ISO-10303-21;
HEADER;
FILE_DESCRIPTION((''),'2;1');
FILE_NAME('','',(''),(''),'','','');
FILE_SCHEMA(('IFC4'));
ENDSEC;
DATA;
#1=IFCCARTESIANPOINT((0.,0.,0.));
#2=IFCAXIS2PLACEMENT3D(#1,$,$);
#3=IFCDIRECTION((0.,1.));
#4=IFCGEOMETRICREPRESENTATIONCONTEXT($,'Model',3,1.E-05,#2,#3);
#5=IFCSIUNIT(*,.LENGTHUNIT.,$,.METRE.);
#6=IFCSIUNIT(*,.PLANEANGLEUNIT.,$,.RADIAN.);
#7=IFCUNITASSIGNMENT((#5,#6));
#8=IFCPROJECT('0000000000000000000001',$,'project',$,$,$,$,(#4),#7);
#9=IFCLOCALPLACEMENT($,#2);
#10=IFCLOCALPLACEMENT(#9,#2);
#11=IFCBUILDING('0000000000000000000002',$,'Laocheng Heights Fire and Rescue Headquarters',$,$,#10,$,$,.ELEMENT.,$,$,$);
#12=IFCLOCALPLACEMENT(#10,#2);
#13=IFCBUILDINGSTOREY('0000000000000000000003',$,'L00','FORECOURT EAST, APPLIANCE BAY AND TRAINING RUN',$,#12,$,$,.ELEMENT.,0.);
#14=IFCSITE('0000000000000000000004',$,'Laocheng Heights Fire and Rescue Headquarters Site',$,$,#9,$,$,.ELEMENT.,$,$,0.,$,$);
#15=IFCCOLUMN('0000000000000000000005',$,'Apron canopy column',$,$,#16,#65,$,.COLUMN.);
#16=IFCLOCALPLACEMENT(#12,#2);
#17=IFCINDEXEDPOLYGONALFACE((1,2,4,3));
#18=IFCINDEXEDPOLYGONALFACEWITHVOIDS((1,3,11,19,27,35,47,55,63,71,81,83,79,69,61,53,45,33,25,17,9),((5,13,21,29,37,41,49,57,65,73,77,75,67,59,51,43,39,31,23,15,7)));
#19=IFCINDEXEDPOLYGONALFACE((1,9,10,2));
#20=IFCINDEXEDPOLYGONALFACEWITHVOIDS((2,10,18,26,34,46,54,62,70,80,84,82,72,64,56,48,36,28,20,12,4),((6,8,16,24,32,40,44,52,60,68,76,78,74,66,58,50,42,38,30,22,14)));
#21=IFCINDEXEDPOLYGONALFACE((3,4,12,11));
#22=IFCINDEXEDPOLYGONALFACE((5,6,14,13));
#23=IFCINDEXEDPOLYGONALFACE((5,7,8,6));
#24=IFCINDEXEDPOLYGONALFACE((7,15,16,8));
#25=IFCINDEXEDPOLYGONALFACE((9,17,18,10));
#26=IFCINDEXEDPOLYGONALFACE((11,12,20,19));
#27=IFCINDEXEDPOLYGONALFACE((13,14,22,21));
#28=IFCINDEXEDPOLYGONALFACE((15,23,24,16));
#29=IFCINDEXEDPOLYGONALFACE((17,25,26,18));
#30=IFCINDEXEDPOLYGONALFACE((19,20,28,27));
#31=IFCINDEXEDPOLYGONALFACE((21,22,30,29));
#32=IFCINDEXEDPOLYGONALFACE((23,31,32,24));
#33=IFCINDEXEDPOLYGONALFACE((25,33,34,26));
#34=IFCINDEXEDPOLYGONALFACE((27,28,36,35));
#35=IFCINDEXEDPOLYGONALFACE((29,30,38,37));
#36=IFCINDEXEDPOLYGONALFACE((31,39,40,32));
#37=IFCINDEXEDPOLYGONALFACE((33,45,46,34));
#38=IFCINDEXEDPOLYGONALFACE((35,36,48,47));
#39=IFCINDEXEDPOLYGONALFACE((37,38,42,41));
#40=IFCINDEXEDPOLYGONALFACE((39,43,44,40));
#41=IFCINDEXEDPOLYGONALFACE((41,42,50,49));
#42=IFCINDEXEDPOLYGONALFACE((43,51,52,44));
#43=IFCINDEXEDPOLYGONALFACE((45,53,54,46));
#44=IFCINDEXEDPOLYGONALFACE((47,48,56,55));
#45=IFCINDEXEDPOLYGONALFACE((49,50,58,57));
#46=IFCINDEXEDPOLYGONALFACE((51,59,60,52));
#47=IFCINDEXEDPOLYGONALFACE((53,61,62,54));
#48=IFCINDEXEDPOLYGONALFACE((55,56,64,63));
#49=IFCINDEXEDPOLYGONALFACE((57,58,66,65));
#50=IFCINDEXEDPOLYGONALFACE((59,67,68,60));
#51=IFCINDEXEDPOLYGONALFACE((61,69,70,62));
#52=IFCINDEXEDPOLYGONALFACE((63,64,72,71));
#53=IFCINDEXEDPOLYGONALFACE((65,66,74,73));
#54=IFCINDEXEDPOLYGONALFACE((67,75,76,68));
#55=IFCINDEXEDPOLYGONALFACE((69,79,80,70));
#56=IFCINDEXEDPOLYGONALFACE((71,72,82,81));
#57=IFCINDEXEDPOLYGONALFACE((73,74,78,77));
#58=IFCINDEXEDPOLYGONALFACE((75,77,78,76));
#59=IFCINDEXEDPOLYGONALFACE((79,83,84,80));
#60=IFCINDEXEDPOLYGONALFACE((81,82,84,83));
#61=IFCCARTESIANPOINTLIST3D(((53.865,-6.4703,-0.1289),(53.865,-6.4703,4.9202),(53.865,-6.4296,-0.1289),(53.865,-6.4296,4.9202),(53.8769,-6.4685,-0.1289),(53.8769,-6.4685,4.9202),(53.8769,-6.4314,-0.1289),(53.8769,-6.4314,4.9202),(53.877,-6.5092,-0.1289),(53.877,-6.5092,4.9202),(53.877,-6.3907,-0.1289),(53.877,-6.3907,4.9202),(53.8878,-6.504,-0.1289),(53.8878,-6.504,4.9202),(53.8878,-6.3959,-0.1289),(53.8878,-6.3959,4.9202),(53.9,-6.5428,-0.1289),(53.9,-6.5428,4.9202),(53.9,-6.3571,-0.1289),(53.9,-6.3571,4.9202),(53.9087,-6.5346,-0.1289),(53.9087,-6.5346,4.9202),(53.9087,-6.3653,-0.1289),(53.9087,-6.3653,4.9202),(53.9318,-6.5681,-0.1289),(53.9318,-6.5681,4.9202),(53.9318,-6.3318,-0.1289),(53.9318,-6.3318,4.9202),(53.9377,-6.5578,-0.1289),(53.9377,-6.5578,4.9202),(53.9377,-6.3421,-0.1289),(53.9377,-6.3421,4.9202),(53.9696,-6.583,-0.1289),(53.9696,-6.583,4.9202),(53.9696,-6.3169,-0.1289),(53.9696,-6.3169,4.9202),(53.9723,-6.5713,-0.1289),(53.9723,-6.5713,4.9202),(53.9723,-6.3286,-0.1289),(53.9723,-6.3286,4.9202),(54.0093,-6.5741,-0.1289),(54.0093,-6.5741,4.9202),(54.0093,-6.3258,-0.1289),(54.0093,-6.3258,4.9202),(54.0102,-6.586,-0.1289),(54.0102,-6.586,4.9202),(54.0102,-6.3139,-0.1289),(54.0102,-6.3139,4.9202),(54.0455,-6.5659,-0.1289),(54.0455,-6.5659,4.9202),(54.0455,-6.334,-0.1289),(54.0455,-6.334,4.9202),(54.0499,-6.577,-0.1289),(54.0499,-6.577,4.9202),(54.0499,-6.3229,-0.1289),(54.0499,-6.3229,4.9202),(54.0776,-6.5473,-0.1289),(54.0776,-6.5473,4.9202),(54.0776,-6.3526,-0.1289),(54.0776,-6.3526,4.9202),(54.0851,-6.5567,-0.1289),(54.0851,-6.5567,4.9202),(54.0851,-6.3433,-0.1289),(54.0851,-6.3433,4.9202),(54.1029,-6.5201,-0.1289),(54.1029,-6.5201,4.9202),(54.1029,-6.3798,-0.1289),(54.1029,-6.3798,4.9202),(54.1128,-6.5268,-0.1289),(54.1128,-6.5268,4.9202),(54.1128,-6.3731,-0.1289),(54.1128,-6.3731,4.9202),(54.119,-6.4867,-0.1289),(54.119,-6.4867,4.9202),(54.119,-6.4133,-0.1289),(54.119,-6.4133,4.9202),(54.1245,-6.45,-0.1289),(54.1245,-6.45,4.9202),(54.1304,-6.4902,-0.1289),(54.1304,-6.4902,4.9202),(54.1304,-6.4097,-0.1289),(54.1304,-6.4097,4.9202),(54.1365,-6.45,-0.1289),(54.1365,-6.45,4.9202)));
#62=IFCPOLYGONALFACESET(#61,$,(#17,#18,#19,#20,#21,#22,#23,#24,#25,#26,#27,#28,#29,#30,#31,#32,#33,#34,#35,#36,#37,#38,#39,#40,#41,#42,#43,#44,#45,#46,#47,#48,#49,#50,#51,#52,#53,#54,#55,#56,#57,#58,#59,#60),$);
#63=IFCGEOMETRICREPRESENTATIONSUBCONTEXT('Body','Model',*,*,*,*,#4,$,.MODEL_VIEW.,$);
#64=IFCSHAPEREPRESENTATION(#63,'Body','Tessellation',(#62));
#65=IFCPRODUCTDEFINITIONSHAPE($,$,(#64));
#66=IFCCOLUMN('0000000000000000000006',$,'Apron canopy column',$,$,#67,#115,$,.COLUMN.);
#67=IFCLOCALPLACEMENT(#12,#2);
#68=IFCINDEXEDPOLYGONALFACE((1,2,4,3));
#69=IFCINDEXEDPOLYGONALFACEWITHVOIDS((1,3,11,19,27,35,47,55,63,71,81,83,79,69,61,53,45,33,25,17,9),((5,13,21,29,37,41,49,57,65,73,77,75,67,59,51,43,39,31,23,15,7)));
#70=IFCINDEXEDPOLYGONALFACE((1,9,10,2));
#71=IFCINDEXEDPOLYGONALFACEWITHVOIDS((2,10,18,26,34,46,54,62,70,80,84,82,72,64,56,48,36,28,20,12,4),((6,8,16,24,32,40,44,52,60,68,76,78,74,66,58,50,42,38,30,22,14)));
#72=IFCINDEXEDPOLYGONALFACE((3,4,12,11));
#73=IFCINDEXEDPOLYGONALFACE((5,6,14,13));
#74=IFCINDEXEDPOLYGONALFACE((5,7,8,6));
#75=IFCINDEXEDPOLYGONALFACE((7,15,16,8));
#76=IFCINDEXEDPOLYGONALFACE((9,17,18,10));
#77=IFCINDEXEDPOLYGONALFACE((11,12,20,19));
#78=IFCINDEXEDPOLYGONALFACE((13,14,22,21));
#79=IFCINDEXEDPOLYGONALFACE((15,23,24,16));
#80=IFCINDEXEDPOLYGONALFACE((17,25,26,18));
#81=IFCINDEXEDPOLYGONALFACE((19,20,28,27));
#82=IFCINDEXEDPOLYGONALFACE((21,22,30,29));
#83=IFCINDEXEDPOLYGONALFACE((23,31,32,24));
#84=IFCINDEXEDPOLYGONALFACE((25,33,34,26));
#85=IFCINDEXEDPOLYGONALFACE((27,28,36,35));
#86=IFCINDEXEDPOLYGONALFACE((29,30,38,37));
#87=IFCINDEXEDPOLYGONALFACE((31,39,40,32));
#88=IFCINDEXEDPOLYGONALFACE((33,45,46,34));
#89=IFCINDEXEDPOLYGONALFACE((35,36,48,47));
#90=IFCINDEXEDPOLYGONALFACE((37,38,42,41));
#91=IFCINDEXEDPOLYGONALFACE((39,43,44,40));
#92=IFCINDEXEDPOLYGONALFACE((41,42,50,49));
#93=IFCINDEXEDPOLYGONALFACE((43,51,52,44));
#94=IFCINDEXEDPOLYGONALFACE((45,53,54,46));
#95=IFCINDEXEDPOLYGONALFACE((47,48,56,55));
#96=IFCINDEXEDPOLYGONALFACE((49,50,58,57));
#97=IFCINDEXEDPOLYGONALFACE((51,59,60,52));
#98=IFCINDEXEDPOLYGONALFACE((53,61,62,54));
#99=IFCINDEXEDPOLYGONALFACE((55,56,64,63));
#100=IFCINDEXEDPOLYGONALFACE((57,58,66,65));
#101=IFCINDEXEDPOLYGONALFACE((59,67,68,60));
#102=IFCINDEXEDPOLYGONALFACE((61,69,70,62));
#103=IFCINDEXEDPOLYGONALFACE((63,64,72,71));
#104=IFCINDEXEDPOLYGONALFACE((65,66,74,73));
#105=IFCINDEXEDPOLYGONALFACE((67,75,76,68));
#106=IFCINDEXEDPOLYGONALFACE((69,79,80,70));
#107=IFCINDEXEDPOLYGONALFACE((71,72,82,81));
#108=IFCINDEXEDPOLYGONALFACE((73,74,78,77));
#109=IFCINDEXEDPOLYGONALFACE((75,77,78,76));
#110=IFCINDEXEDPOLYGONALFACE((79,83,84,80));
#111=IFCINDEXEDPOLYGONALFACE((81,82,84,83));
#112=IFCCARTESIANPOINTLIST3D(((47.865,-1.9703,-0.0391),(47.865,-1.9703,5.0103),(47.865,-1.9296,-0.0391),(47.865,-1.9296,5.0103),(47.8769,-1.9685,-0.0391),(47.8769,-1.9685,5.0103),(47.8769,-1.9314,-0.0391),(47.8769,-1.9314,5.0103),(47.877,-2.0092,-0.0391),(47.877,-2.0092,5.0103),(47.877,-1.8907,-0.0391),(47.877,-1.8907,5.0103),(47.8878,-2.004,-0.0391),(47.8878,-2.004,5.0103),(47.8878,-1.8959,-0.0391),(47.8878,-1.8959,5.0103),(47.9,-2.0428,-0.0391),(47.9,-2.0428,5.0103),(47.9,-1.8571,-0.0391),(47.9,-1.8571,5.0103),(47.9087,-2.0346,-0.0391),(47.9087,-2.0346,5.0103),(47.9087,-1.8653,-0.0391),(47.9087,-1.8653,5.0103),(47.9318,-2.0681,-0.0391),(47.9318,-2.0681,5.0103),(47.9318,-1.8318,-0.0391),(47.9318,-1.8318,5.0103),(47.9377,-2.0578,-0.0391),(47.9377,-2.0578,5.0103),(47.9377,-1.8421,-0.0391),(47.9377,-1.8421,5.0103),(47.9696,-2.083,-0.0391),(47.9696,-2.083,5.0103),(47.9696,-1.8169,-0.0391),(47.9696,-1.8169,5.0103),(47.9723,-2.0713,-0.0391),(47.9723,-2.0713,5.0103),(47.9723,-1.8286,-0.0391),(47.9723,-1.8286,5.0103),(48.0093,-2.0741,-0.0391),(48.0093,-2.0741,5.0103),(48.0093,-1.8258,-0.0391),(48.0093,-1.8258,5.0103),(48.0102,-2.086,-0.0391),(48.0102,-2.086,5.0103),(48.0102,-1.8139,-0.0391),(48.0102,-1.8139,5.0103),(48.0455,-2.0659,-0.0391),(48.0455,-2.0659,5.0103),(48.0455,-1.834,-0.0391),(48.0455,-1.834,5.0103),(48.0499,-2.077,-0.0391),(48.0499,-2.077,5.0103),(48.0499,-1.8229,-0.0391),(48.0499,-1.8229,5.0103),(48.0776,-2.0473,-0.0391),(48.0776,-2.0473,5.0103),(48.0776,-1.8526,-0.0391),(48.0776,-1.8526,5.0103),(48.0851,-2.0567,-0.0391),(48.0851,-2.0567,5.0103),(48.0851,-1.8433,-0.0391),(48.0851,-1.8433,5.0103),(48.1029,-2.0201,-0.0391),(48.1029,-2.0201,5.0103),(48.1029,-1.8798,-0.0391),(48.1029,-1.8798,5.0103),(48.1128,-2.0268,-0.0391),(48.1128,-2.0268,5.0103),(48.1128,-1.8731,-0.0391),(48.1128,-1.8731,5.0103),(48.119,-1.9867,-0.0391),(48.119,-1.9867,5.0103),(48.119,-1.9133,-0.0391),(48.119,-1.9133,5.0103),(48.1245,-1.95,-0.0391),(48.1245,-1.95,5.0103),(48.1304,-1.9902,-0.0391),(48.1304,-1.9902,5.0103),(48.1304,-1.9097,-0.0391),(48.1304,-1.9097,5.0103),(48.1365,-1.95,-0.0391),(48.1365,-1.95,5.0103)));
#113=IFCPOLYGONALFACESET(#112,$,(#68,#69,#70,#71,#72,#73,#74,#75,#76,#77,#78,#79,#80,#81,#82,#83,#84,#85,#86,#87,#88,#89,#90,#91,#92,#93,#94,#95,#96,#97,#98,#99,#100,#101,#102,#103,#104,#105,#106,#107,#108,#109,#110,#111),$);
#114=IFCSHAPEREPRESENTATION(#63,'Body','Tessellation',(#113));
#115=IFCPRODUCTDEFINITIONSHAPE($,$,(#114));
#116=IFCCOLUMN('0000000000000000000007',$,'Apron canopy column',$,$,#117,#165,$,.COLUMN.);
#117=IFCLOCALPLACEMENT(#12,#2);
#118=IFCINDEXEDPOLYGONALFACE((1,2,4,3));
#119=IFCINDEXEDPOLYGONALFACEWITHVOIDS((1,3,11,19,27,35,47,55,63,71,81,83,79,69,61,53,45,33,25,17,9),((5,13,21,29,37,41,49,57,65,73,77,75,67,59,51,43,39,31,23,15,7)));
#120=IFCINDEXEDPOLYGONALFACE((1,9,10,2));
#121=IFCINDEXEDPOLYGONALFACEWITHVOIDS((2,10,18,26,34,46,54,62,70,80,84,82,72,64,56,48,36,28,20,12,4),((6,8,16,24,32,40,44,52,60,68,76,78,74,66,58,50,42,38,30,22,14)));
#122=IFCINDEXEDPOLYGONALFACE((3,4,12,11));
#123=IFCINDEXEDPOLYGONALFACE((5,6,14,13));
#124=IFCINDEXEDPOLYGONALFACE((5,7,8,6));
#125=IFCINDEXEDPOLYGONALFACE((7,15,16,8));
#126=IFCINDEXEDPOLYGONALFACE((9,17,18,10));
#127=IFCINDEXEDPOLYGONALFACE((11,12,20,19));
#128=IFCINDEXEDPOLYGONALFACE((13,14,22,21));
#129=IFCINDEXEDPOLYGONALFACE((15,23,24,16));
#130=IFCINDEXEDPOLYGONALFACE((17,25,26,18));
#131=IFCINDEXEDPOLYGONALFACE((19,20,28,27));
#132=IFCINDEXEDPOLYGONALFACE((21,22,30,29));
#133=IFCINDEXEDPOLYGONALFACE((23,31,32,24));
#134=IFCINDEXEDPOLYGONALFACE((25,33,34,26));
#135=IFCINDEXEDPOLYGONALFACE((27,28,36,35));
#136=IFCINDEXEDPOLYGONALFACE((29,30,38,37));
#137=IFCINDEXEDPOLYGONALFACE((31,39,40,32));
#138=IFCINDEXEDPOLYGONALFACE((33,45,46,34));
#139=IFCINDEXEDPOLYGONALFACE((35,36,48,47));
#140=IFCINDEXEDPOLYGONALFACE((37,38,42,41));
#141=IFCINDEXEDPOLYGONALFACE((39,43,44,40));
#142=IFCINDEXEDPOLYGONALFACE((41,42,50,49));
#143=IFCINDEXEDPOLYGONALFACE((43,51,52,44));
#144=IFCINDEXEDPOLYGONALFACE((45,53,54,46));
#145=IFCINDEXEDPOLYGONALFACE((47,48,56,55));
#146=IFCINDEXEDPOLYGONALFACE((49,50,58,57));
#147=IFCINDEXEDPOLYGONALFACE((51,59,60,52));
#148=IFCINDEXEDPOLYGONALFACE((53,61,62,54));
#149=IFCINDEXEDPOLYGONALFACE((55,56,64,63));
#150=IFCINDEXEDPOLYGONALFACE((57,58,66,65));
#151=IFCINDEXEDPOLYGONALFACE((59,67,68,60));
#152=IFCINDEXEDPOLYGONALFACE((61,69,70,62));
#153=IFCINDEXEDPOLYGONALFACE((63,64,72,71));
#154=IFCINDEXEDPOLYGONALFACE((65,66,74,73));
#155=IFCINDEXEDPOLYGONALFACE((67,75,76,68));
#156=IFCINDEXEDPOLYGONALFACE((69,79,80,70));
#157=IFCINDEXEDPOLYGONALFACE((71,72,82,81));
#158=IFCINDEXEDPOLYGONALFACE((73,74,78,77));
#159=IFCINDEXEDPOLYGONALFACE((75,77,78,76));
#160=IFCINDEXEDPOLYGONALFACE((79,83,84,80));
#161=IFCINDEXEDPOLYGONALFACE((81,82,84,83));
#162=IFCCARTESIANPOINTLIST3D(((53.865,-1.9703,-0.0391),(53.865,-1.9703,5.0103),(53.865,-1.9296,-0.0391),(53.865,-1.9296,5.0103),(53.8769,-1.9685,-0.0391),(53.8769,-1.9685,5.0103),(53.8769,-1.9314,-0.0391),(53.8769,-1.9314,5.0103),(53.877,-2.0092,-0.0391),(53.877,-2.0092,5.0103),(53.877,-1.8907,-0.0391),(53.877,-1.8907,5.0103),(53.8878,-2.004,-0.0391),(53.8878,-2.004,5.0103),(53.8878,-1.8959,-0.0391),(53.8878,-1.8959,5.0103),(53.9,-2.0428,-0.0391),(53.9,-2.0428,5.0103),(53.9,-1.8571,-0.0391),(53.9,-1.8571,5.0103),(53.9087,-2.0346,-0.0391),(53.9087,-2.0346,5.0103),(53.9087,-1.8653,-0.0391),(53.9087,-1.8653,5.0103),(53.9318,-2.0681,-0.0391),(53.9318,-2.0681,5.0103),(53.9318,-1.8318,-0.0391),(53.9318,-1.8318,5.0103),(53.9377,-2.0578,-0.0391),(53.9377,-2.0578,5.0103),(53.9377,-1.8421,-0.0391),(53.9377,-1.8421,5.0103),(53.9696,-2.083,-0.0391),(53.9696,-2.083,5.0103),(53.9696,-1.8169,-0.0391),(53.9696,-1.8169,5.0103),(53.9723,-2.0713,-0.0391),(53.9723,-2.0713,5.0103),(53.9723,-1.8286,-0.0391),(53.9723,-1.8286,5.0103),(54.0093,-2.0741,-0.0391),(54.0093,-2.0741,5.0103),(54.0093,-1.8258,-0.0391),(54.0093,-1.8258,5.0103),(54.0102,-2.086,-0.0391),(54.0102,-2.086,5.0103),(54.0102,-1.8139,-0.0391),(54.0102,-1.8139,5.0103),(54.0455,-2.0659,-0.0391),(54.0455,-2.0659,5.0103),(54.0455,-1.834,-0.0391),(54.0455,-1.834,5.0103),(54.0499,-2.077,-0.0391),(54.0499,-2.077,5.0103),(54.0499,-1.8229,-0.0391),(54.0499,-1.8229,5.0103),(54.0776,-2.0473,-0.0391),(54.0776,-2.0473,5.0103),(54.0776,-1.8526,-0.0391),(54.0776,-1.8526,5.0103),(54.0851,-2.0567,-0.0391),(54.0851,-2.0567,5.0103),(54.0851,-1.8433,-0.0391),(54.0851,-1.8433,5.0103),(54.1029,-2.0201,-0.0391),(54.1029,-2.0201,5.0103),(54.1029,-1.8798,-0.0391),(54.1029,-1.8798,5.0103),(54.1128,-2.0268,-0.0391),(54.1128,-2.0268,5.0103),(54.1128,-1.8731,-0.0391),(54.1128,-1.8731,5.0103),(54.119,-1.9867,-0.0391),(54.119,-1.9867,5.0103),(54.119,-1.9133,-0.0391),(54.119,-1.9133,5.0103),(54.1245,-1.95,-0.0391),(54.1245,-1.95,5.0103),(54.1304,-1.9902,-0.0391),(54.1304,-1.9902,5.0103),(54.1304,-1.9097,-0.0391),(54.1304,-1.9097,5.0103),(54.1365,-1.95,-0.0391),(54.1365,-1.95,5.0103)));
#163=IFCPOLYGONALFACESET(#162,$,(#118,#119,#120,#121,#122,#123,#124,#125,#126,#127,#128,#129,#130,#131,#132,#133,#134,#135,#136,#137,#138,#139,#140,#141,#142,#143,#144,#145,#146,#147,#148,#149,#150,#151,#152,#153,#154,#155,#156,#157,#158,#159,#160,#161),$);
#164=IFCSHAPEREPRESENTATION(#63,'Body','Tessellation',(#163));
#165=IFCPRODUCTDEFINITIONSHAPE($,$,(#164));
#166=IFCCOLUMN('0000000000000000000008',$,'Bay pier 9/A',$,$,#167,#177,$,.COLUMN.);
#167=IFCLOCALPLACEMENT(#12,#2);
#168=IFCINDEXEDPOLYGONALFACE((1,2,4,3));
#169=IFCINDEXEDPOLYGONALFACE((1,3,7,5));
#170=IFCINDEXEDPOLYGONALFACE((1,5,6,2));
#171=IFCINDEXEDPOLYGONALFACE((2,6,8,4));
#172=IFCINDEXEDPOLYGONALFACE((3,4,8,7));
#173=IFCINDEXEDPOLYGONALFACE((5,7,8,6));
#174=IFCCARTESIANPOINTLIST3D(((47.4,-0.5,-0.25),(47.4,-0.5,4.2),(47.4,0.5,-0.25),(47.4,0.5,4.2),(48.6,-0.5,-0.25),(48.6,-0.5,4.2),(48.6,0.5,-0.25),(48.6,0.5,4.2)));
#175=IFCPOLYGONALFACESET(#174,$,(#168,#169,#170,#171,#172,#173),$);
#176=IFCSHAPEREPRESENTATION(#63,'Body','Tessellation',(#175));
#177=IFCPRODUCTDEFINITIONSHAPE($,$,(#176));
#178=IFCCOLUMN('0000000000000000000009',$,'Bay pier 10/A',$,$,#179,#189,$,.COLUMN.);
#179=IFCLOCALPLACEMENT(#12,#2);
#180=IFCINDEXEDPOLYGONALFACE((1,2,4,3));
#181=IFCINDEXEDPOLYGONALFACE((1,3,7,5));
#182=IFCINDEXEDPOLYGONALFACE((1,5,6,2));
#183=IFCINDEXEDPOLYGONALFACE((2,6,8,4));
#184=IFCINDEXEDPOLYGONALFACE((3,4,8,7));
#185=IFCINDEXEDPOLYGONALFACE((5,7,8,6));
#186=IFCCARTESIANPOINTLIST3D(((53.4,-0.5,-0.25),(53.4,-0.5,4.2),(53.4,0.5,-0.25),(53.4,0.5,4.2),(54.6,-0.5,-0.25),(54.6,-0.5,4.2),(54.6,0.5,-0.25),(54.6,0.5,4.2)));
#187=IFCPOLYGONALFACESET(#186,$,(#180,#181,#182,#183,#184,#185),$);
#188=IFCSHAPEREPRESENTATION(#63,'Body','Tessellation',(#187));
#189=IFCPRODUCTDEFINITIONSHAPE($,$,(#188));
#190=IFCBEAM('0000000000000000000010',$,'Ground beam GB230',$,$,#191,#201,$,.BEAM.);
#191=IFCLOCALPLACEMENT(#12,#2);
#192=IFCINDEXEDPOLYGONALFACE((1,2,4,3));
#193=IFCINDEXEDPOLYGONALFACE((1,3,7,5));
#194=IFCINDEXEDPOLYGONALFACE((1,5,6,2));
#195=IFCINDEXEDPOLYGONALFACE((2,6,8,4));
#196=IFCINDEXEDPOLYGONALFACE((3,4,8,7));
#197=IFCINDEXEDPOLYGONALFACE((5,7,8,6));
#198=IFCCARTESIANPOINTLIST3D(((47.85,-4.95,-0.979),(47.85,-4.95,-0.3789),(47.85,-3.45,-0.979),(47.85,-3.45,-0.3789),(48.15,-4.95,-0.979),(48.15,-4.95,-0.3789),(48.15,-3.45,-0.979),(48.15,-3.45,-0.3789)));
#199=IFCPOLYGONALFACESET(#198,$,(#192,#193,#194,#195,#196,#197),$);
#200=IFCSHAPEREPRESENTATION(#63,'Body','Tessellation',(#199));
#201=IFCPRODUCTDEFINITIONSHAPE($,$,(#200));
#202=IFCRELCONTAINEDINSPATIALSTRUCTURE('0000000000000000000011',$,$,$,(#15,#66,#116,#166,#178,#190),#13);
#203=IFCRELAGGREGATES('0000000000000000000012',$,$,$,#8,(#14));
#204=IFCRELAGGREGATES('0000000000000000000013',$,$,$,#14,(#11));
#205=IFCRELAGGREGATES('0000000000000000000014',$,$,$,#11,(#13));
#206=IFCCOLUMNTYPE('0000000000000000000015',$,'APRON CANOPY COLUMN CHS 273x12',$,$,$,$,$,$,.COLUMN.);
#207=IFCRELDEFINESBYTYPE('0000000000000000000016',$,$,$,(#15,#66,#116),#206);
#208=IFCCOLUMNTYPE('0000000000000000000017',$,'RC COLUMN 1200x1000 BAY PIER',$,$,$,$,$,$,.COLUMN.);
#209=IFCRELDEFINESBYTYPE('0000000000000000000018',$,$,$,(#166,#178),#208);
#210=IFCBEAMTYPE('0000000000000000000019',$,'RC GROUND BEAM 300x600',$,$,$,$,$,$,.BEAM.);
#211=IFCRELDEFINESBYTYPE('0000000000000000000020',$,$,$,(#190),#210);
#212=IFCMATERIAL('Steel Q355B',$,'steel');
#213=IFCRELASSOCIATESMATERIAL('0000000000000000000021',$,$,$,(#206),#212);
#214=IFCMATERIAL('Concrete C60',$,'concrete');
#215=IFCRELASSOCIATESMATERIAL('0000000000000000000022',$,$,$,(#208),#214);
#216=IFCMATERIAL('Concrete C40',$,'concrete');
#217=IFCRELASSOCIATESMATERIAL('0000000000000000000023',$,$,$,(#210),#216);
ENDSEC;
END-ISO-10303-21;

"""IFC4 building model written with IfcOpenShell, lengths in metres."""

from ifc_helpers import new_model, si_unit, direction, frame, origin, origin_2d, place, context, subcontext, project, spatial, rectangle, hollow_circle, extrude, material, material_profile, profile_set, type_object, element, save


model = new_model("IFC4")

# Units and contexts
model_context = context("Model", 3, precision=1e-05, world=origin(), true_north=direction((0.0, 1.0)))
body_context = subcontext(model_context, "Body", "Model", "MODEL_VIEW")
ifc_project = project(units=[si_unit("LENGTHUNIT", "METRE"), si_unit("PLANEANGLEUNIT", "RADIAN")], contexts=[model_context])

# Site, building, storey
site_placement = place(None, origin())
site = spatial("IfcSite", under=ifc_project, at=site_placement, Name="Laocheng Heights Fire and Rescue Headquarters Site", CompositionType="ELEMENT", RefElevation=0.0)
building_placement = place(site_placement, origin())
building = spatial("IfcBuilding", under=site, at=building_placement, Name="Laocheng Heights Fire and Rescue Headquarters", CompositionType="ELEMENT")
storey_placement = place(building_placement, origin())
storey = spatial("IfcBuildingStorey", under=building, at=storey_placement, Name="L00", Description="FORECOURT EAST, APPLIANCE BAY AND TRAINING RUN", CompositionType="ELEMENT", Elevation=0.0)

# Columns
ifc_material_1 = material(Name="Steel Q355B", Category="steel")
ifc_material_profile_1 = material_profile(ifc_material_1, hollow_circle(Radius=0.1365, WallThickness=0.012, at=origin_2d()), Name="CHS 273x12")
ifc_profile_set_1 = profile_set([ifc_material_profile_1], Name="Steel Q355B")
column_type_1 = type_object("IfcColumnType", Name="APRON CANOPY COLUMN CHS 273x12", PredefinedType="COLUMN", material=ifc_profile_set_1)
for number, where, z_axis, x_axis, name in (
    (1, (54.0, -6.45, -0.1289), (0.0, 0.0, 1.0), (1.0, 0.0, 0.0), "Apron canopy column"),
):
    element("IfcColumn", number, at=place(storey_placement, frame(where, z_axis=z_axis, x_axis=x_axis)), inside=storey, type_object=column_type_1, Name=name, PredefinedType="COLUMN", context=body_context, shape_type="SweptSolid", body=[
        extrude(hollow_circle(Radius=0.1365, WallThickness=0.012, at=origin_2d()), origin(), (0.0, 0.0, 1.0), 5.0491),
    ])
for number, where, z_axis, x_axis, name in (
    (2, (48.0, -1.95, -0.0391), (0.0, 0.0, 1.0), (1.0, 0.0, 0.0), "Apron canopy column"),
    (3, (54.0, -1.95, -0.0391), (0.0, 0.0, 1.0), (1.0, 0.0, 0.0), "Apron canopy column"),
):
    element("IfcColumn", number, at=place(storey_placement, frame(where, z_axis=z_axis, x_axis=x_axis)), inside=storey, type_object=column_type_1, Name=name, PredefinedType="COLUMN", context=body_context, shape_type="SweptSolid", body=[
        extrude(hollow_circle(Radius=0.1365, WallThickness=0.012, at=origin_2d()), origin(), (0.0, 0.0, 1.0), 5.0493),
    ])
ifc_material_2 = material(Name="Concrete C60", Category="concrete")
ifc_material_profile_2 = material_profile(ifc_material_2, rectangle(XDim=1.2, YDim=1.0, at=origin_2d()), Name="RC COLUMN 1200x1000 BAY PIER")
ifc_profile_set_2 = profile_set([ifc_material_profile_2], Name="Concrete C60")
column_type_2 = type_object("IfcColumnType", Name="RC COLUMN 1200x1000 BAY PIER", PredefinedType="COLUMN", material=ifc_profile_set_2)
for number, where, z_axis, x_axis, name in (
    (4, (48.0, 0.0, -0.25), (0.0, 0.0, 1.0), (1.0, 0.0, 0.0), "Bay pier 9/A"),
    (5, (54.0, 0.0, -0.25), (0.0, 0.0, 1.0), (1.0, 0.0, 0.0), "Bay pier 10/A"),
):
    element("IfcColumn", number, at=place(storey_placement, frame(where, z_axis=z_axis, x_axis=x_axis)), inside=storey, type_object=column_type_2, Name=name, PredefinedType="COLUMN", context=body_context, shape_type="SweptSolid", body=[
        extrude(rectangle(XDim=1.2, YDim=1.0, at=origin_2d()), origin(), (0.0, 0.0, 1.0), 4.45),
    ])

# Beam
ifc_material_3 = material(Name="Concrete C40", Category="concrete")
ifc_material_profile_3 = material_profile(ifc_material_3, rectangle(XDim=0.3, YDim=0.6001, at=origin_2d()), Name="RC GROUND BEAM 300x600")
ifc_profile_set_3 = profile_set([ifc_material_profile_3], Name="Concrete C40")
beam_type_1 = type_object("IfcBeamType", Name="RC GROUND BEAM 300x600", PredefinedType="BEAM", material=ifc_profile_set_3)
for number, where, z_axis, x_axis, name in (
    (6, (48.0, -4.95, -0.679), (0.0, 1.0, 0.0), (-1.0, 0.0, 0.0), "Ground beam GB230"),
):
    element("IfcBeam", number, at=place(storey_placement, frame(where, z_axis=z_axis, x_axis=x_axis)), inside=storey, type_object=beam_type_1, Name=name, PredefinedType="BEAM", context=body_context, shape_type="SweptSolid", body=[
        extrude(rectangle(XDim=0.3, YDim=0.6001, at=origin_2d()), origin(), (0.0, 0.0, 1.0), 1.5),
    ])

save(model, "model.ifc")
